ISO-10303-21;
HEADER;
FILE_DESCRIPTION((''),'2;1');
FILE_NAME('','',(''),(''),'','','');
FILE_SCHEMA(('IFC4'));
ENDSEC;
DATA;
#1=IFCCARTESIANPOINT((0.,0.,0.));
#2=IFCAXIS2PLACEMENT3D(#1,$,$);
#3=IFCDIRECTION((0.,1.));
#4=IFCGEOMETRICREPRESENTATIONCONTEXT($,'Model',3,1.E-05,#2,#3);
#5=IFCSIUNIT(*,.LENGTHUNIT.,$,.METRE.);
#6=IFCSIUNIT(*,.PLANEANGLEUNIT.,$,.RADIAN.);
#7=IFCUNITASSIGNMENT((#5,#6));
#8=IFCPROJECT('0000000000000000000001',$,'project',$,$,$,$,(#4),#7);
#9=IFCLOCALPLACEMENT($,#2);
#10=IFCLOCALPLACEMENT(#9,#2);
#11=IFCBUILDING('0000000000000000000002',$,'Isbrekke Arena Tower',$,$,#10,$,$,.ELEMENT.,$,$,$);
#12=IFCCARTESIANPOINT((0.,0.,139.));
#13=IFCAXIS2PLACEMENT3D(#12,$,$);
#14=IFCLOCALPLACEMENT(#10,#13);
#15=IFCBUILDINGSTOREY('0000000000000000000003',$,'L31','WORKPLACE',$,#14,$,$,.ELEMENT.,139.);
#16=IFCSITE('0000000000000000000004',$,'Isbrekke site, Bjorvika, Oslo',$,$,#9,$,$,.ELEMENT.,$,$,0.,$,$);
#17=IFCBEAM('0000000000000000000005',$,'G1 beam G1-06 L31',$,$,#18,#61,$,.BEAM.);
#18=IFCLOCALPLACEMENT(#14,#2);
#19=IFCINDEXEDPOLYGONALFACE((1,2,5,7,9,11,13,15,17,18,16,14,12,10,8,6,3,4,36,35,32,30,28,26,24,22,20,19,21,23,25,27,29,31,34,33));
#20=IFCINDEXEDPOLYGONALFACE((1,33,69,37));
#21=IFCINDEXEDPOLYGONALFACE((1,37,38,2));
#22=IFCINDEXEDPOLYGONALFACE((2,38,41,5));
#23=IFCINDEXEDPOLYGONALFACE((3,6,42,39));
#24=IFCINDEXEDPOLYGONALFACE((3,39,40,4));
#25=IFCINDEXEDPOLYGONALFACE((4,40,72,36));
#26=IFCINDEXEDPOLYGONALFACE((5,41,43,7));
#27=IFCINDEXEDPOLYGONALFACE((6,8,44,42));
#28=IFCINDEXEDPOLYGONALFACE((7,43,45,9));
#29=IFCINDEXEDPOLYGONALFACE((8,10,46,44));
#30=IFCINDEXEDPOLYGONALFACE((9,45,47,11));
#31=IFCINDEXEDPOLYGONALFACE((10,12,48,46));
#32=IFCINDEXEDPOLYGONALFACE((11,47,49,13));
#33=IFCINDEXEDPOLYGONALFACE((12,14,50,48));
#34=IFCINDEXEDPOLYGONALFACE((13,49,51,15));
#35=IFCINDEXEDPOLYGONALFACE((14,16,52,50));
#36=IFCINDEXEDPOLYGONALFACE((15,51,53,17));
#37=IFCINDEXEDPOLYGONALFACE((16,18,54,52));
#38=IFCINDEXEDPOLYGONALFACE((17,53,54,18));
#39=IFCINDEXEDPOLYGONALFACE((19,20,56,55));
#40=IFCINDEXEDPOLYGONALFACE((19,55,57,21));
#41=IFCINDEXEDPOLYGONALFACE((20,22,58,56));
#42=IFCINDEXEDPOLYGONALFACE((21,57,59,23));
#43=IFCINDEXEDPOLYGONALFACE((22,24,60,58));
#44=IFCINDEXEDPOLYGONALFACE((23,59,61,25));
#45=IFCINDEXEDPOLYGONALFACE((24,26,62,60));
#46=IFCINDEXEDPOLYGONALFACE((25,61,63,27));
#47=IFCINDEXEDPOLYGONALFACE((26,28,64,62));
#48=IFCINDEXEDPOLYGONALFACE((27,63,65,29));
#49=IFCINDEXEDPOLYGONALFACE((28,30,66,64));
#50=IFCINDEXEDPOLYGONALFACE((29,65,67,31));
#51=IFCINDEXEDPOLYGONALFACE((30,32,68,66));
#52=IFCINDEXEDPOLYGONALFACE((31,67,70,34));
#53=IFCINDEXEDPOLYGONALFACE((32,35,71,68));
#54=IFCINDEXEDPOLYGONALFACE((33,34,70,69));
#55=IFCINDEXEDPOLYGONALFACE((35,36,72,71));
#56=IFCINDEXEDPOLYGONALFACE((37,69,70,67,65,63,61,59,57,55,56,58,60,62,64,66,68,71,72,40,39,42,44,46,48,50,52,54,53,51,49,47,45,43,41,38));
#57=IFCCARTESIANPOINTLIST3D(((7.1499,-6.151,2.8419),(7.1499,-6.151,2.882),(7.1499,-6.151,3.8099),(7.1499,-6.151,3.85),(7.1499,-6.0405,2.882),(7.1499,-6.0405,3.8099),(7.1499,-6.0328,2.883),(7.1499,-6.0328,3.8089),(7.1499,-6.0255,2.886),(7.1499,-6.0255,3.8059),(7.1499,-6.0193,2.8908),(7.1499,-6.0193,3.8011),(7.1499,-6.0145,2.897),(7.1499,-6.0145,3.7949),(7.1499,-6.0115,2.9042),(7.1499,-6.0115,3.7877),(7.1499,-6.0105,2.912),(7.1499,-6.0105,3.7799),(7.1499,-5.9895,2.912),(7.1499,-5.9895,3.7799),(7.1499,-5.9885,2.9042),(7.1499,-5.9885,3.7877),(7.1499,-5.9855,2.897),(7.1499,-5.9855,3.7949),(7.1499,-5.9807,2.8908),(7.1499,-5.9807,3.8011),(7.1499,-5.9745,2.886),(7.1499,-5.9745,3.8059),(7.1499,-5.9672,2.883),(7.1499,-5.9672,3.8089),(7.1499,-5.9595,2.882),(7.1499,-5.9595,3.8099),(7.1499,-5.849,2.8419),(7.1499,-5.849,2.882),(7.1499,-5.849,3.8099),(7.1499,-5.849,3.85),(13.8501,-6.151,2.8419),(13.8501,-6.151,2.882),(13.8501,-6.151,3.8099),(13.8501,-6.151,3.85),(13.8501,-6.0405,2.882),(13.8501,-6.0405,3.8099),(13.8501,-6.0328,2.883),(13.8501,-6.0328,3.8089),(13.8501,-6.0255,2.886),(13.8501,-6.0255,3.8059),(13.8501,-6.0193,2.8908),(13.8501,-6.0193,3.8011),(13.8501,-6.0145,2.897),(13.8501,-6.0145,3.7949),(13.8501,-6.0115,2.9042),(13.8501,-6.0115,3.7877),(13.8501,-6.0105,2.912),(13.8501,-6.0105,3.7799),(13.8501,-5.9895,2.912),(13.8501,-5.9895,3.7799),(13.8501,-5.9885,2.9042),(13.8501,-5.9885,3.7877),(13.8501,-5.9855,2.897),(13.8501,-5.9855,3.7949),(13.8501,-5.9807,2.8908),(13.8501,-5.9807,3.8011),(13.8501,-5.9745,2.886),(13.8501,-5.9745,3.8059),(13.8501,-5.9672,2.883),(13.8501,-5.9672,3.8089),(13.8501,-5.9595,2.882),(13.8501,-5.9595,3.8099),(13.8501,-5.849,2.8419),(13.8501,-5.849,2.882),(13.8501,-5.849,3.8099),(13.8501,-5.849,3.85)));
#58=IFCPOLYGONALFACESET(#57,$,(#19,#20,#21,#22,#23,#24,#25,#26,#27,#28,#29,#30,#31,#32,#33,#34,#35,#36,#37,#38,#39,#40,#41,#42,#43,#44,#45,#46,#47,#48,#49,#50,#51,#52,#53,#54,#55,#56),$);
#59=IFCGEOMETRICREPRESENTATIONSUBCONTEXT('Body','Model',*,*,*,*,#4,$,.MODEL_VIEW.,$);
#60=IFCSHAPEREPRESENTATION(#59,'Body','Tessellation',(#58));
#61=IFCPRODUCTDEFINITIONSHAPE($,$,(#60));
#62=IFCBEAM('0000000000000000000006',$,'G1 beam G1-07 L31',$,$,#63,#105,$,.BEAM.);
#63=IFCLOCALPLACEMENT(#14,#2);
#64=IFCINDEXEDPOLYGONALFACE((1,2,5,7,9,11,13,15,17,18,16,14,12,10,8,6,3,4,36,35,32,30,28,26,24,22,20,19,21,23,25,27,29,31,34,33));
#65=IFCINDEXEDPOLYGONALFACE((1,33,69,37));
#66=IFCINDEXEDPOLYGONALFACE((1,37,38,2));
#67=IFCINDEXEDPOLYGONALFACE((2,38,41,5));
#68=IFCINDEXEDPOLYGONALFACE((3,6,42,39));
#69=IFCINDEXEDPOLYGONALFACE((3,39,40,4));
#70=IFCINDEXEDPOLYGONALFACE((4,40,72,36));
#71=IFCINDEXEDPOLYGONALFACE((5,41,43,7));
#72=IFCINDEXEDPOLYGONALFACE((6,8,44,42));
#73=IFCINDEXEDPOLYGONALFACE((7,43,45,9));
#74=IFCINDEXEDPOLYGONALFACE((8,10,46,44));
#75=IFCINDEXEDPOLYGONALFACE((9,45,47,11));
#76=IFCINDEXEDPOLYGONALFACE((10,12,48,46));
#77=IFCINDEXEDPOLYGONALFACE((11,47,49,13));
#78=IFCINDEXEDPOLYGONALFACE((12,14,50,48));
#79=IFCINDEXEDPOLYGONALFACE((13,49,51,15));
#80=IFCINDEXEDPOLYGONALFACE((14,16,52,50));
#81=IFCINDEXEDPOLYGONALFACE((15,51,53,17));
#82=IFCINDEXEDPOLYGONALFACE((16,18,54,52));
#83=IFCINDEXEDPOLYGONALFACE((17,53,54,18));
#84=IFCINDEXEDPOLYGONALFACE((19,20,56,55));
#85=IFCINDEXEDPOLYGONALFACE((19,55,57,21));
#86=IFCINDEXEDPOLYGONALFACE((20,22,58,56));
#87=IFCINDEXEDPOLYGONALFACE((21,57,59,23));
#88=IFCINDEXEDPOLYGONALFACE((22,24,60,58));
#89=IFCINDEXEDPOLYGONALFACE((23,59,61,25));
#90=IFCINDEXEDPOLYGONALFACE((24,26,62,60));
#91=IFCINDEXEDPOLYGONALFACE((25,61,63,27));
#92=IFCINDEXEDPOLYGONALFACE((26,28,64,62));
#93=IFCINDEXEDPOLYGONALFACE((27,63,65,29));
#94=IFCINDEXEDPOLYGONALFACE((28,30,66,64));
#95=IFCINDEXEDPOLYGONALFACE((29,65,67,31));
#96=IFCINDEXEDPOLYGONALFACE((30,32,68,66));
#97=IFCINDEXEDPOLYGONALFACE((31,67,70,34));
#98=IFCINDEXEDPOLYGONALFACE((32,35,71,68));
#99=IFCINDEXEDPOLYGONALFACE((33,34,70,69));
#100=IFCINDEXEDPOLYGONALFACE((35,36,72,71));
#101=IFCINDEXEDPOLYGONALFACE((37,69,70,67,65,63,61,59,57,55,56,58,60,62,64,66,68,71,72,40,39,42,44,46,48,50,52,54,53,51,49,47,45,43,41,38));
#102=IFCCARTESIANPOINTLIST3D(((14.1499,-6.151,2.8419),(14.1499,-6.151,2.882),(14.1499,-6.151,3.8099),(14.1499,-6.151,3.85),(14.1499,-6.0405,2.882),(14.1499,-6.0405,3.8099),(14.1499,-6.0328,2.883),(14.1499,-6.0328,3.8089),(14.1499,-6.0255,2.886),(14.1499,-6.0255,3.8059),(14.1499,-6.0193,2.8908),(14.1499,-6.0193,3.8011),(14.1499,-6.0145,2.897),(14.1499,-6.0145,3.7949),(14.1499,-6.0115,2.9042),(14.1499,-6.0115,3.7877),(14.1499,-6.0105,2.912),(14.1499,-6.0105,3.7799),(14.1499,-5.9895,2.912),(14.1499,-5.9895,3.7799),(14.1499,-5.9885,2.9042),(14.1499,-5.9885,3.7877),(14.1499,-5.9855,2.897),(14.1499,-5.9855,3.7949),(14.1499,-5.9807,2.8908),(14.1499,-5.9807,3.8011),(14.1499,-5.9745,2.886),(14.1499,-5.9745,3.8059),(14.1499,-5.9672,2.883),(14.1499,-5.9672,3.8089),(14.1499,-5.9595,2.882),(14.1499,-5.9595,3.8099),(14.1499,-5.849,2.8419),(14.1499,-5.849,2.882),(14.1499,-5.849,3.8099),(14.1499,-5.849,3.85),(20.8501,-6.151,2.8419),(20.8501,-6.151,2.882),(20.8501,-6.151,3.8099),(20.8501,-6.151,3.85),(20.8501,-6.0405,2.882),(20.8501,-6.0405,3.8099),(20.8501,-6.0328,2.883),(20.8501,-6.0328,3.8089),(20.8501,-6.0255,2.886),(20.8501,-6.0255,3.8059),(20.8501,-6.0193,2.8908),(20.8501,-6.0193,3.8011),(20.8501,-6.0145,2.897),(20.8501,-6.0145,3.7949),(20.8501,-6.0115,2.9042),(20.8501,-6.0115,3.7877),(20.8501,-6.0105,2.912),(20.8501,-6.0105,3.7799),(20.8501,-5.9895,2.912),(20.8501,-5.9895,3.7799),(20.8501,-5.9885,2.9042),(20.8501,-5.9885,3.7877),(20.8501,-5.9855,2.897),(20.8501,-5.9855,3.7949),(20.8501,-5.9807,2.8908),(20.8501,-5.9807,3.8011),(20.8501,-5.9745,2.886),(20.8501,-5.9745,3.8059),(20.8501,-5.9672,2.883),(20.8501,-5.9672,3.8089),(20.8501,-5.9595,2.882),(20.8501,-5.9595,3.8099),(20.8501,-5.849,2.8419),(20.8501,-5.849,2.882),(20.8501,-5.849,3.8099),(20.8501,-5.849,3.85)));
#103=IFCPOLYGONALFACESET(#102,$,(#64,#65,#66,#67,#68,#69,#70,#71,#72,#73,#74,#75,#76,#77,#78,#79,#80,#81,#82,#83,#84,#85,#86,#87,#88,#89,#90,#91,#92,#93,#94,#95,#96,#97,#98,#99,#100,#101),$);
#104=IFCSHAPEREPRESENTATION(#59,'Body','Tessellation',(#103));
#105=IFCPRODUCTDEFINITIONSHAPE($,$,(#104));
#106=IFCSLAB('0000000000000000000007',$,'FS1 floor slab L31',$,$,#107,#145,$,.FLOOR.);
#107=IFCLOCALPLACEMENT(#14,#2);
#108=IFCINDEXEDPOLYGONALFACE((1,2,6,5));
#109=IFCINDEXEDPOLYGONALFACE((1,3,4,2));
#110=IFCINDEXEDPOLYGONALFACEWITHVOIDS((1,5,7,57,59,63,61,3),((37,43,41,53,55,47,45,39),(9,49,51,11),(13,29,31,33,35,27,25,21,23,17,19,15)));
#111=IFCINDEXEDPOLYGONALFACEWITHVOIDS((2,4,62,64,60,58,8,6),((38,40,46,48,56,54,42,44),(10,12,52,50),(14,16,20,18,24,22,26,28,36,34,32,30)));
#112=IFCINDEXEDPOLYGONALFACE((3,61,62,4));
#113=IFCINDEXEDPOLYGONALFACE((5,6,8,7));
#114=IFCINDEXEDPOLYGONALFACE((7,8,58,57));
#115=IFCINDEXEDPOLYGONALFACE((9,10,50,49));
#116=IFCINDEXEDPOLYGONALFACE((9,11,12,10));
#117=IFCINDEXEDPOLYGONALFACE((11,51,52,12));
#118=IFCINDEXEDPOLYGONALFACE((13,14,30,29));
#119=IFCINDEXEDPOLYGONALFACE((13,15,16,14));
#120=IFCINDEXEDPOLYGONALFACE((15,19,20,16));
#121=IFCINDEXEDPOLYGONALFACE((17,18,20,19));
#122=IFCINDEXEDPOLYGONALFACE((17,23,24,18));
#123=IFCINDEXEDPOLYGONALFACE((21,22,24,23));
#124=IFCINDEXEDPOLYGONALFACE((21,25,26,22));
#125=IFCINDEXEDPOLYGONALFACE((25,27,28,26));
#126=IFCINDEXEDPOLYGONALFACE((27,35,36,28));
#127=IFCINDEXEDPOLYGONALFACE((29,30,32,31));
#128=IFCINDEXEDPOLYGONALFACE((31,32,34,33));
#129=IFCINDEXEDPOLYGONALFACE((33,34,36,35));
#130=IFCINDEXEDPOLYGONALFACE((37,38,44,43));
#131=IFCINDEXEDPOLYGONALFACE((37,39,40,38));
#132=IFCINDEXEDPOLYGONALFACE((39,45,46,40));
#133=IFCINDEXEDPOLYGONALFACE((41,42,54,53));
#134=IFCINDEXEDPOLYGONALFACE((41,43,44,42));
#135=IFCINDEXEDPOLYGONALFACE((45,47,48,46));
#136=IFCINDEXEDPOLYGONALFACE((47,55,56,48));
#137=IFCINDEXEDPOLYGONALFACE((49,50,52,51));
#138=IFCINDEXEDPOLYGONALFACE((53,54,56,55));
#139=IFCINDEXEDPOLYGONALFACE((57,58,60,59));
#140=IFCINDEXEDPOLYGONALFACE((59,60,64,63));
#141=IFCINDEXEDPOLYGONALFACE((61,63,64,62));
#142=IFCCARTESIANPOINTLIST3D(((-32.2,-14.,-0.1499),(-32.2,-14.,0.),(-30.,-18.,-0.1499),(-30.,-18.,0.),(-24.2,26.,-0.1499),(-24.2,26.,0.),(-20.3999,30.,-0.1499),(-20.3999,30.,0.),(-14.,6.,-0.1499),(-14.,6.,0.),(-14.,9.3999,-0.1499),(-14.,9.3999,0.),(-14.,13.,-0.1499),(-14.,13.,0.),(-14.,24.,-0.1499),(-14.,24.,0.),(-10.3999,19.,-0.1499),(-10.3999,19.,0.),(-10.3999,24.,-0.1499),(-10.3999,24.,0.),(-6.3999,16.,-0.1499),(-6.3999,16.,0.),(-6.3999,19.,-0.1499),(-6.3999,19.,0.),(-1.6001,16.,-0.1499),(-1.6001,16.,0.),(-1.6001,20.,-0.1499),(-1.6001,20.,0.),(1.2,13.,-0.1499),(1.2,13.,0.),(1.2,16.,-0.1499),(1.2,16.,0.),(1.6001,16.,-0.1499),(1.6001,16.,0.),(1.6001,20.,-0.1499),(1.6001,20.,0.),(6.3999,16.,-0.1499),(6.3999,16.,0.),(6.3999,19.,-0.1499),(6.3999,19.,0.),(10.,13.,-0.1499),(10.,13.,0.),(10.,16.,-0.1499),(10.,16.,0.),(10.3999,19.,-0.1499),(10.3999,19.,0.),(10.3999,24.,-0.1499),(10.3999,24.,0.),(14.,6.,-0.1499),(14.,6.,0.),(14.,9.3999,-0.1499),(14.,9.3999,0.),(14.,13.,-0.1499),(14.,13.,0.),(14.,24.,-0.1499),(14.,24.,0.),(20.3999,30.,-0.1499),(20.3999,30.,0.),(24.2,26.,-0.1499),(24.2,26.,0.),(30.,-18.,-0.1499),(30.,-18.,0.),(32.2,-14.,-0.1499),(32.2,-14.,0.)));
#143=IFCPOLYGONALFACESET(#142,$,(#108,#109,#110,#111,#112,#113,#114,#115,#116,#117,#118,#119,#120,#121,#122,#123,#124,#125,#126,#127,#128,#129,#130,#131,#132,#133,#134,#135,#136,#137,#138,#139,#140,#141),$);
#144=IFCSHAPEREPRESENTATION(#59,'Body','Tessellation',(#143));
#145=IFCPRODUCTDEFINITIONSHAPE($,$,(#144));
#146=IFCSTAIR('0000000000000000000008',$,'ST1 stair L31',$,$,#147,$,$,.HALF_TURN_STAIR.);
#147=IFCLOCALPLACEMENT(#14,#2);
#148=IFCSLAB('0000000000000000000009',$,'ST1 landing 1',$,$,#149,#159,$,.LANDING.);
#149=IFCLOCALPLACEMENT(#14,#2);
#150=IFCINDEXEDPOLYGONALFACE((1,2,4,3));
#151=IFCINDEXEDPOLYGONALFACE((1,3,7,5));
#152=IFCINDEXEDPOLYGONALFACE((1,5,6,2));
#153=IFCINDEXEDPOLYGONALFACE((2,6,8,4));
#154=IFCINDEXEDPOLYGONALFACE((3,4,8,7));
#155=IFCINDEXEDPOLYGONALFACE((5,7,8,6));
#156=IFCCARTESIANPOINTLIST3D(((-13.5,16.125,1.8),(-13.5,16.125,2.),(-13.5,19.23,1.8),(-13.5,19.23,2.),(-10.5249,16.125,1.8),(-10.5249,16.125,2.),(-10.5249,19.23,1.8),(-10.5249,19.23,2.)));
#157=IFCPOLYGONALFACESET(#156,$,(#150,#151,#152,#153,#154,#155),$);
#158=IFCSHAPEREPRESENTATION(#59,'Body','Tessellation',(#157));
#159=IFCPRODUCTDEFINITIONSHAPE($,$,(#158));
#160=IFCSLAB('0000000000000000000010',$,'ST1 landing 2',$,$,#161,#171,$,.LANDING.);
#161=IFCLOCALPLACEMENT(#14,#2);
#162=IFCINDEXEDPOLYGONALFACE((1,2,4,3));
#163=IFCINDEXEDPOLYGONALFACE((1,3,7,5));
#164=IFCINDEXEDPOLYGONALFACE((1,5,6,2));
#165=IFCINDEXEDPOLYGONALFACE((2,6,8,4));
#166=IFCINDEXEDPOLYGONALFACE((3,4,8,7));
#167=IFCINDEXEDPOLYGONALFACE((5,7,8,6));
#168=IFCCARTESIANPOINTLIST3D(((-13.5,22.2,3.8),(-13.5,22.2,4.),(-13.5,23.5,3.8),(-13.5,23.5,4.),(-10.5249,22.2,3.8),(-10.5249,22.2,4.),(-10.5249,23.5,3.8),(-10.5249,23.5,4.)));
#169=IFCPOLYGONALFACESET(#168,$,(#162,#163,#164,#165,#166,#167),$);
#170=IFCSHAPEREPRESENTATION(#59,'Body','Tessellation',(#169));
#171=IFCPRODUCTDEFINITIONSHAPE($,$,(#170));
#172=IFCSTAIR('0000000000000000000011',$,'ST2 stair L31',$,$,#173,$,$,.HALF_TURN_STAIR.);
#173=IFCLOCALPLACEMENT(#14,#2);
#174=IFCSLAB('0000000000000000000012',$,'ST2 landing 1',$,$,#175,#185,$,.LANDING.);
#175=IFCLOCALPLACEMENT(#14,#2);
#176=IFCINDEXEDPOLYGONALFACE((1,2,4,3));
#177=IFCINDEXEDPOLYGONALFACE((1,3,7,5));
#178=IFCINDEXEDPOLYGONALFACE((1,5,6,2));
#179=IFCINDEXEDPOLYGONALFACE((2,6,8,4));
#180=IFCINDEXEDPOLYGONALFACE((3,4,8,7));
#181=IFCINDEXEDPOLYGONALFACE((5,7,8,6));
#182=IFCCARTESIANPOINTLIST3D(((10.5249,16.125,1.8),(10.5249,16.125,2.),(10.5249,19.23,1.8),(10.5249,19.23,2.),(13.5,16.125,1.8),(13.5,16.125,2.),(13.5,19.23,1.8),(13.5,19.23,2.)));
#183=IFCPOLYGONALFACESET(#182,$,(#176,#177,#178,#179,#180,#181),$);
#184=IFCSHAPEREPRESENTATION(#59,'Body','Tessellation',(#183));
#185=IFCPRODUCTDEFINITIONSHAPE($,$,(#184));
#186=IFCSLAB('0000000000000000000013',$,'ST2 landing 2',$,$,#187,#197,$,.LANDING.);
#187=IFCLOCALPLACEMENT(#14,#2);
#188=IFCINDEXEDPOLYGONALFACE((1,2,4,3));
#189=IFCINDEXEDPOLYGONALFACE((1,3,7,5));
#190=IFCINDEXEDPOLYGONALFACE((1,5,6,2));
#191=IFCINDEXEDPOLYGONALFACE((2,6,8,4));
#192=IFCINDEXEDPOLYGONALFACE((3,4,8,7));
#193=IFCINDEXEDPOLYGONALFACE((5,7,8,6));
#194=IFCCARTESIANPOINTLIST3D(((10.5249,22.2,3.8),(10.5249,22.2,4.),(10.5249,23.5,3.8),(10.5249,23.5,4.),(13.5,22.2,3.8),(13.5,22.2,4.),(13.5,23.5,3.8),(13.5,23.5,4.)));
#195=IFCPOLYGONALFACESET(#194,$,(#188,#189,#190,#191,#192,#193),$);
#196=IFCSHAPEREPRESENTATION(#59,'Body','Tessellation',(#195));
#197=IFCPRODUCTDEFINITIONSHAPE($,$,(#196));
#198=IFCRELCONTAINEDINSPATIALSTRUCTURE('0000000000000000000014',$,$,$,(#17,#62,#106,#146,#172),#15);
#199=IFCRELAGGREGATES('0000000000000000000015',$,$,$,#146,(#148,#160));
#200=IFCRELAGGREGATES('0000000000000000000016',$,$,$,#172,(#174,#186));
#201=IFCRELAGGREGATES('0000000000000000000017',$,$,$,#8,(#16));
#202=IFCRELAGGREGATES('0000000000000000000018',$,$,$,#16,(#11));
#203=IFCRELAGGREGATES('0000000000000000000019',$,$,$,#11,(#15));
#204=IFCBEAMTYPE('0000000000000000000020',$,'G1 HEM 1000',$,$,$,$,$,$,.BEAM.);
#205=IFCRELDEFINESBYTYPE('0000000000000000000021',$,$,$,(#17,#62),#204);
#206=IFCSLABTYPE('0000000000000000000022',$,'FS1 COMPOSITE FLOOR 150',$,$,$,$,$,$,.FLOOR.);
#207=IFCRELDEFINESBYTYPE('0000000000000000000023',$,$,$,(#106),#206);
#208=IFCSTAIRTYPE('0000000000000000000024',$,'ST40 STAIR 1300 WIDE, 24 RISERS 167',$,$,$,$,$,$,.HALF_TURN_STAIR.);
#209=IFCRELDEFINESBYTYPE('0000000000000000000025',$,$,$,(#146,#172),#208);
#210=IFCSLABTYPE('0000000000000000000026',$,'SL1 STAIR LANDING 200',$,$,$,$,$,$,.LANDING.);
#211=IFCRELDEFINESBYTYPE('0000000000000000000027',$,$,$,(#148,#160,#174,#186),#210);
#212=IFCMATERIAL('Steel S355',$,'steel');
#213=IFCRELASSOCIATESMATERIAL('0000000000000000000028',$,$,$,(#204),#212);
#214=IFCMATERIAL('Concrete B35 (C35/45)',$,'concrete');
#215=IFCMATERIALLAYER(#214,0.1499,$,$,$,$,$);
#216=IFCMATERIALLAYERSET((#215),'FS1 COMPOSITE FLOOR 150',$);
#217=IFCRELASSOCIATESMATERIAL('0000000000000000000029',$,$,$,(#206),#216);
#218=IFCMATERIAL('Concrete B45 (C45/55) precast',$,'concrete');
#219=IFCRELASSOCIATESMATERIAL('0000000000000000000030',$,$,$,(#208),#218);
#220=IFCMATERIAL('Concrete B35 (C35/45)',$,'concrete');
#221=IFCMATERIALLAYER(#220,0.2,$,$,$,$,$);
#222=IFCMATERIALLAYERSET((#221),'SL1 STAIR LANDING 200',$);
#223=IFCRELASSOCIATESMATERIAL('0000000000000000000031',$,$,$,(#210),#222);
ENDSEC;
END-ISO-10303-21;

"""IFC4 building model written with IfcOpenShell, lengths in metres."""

from ifc_helpers import new_model, si_unit, direction, frame, origin, origin_2d, place, context, subcontext, project, spatial, polyline, i_section, outline, extrude, material, layer, layer_set, material_profile, profile_set, type_object, element, aggregate, save


model = new_model("IFC4")

# Units and contexts
model_context = context("Model", 3, precision=1e-05, world=origin(), true_north=direction((0.0, 1.0)))
body_context = subcontext(model_context, "Body", "Model", "MODEL_VIEW")
ifc_project = project(units=[si_unit("LENGTHUNIT", "METRE"), si_unit("PLANEANGLEUNIT", "RADIAN")], contexts=[model_context])

# Site, building, storey
site_placement = place(None, origin())
site = spatial("IfcSite", under=ifc_project, at=site_placement, Name="Isbrekke site, Bjorvika, Oslo", CompositionType="ELEMENT", RefElevation=0.0)
building_placement = place(site_placement, origin())
building = spatial("IfcBuilding", under=site, at=building_placement, Name="Isbrekke Arena Tower", CompositionType="ELEMENT")
storey_placement = place(building_placement, frame((0.0, 0.0, 139.0)))
storey = spatial("IfcBuildingStorey", under=building, at=storey_placement, Name="L31", Description="WORKPLACE", CompositionType="ELEMENT", Elevation=139.0)

# Beams
ifc_material_1 = material(Name="Steel S355", Category="steel")
ifc_material_profile_1 = material_profile(ifc_material_1, i_section(OverallWidth=0.302, OverallDepth=1.0081, WebThickness=0.021, FlangeThickness=0.04, FilletRadius=0.03, at=origin_2d()), Name="HEM 1000")
ifc_profile_set_1 = profile_set([ifc_material_profile_1], Name="Steel S355")
beam_type_1 = type_object("IfcBeamType", Name="G1 HEM 1000", PredefinedType="BEAM", material=ifc_profile_set_1)
for number, where, z_axis, x_axis, name in (
    (1, (7.1499, -6.0, 3.3459), (1.0, 0.0, 0.0), (0.0, 1.0, 0.0), "G1 beam G1-06 L31"),
    (2, (14.1499, -6.0, 3.3459), (1.0, 0.0, 0.0), (0.0, 1.0, 0.0), "G1 beam G1-07 L31"),
):
    element("IfcBeam", number, at=place(storey_placement, frame(where, z_axis=z_axis, x_axis=x_axis)), inside=storey, type_object=beam_type_1, Name=name, PredefinedType="BEAM", context=body_context, shape_type="SweptSolid", body=[
        extrude(i_section(OverallWidth=0.302, OverallDepth=1.0081, WebThickness=0.021, FlangeThickness=0.04, FilletRadius=0.03, at=origin_2d()), origin(), (0.0, 0.0, 1.0), 6.7002),
    ])

# Slab
ifc_material_2 = material(Name="Concrete B35 (C35/45)", Category="concrete")
ifc_layer_1 = layer(ifc_material_2, 0.1499)
ifc_layer_set_1 = layer_set([ifc_layer_1], Name="FS1 COMPOSITE FLOOR 150")
slab_type_1 = type_object("IfcSlabType", Name="FS1 COMPOSITE FLOOR 150", PredefinedType="FLOOR", material=ifc_layer_set_1)
slab_1_placement = place(storey_placement, frame((0.0, 0.0, -0.1499)))
element("IfcSlab", 3, at=slab_1_placement, inside=storey, type_object=slab_type_1, Name="FS1 floor slab L31", PredefinedType="FLOOR", context=body_context, shape_type="SweptSolid", body=[
    extrude(outline(polyline([(-30.0, -18.0), (30.0, -18.0), (32.2, -14.0), (24.2, 26.0), (20.3999, 30.0), (-20.3999, 30.0), (-24.2, 26.0), (-32.2, -14.0), (-30.0, -18.0)]), holes=[polyline([(14.0, 9.3999), (14.0, 6.0), (-14.0, 6.0), (-14.0, 9.3999), (14.0, 9.3999)]), polyline([(-6.3999, 19.0), (-6.3999, 16.0), (-1.6001, 16.0), (-1.6001, 20.0), (1.6001, 20.0), (1.6001, 16.0), (1.2, 16.0), (1.2, 13.0), (-14.0, 13.0), (-14.0, 24.0), (-10.3999, 24.0), (-10.3999, 19.0), (-6.3999, 19.0)]), polyline([(10.0, 13.0), (10.0, 16.0), (6.3999, 16.0), (6.3999, 19.0), (10.3999, 19.0), (10.3999, 24.0), (14.0, 24.0), (14.0, 13.0), (10.0, 13.0)])]), origin(), (0.0, 0.0, 1.0), 0.1499),
])

# Stairs, slabs
ifc_material_3 = material(Name="Concrete B45 (C45/55) precast", Category="concrete")
stair_type = type_object("IfcStairType", Name="ST40 STAIR 1300 WIDE, 24 RISERS 167", PredefinedType="HALF_TURN_STAIR", material=ifc_material_3)
stair_1_placement = place(storey_placement, origin())
stair_1 = element("IfcStair", 4, at=stair_1_placement, inside=storey, type_object=stair_type, Name="ST1 stair L31", PredefinedType="HALF_TURN_STAIR")
ifc_material_4 = material(Name="Concrete B35 (C35/45)", Category="concrete")
ifc_layer_2 = layer(ifc_material_4, 0.2)
ifc_layer_set_2 = layer_set([ifc_layer_2], Name="SL1 STAIR LANDING 200")
slab_type_2 = type_object("IfcSlabType", Name="SL1 STAIR LANDING 200", PredefinedType="LANDING", material=ifc_layer_set_2)
slab_2_placement = place(storey_placement, frame((0.0, 0.0, 1.8)))
slab_2 = element("IfcSlab", 5, at=slab_2_placement, type_object=slab_type_2, Name="ST1 landing 1", PredefinedType="LANDING", context=body_context, shape_type="SweptSolid", body=[
    extrude(outline(polyline([(-13.5, 16.125), (-10.5249, 16.125), (-10.5249, 19.23), (-13.5, 19.23), (-13.5, 16.125)])), origin(), (0.0, 0.0, 1.0), 0.2),
])
slab_3_placement = place(storey_placement, frame((0.0, 0.0, 3.8)))
slab_3 = element("IfcSlab", 6, at=slab_3_placement, type_object=slab_type_2, Name="ST1 landing 2", PredefinedType="LANDING", context=body_context, shape_type="SweptSolid", body=[
    extrude(outline(polyline([(-13.5, 22.2), (-10.5249, 22.2), (-10.5249, 23.5), (-13.5, 23.5), (-13.5, 22.2)])), origin(), (0.0, 0.0, 1.0), 0.2),
])
aggregate(stair_1, [slab_2, slab_3])
stair_2_placement = place(storey_placement, origin())
stair_2 = element("IfcStair", 7, at=stair_2_placement, inside=storey, type_object=stair_type, Name="ST2 stair L31", PredefinedType="HALF_TURN_STAIR")
slab_4_placement = place(storey_placement, frame((0.0, 0.0, 1.8)))
slab_4 = element("IfcSlab", 8, at=slab_4_placement, type_object=slab_type_2, Name="ST2 landing 1", PredefinedType="LANDING", context=body_context, shape_type="SweptSolid", body=[
    extrude(outline(polyline([(10.5249, 16.125), (13.5, 16.125), (13.5, 19.23), (10.5249, 19.23), (10.5249, 16.125)])), origin(), (0.0, 0.0, 1.0), 0.2),
])
slab_5_placement = place(storey_placement, frame((0.0, 0.0, 3.8)))
slab_5 = element("IfcSlab", 9, at=slab_5_placement, type_object=slab_type_2, Name="ST2 landing 2", PredefinedType="LANDING", context=body_context, shape_type="SweptSolid", body=[
    extrude(outline(polyline([(10.5249, 22.2), (13.5, 22.2), (13.5, 23.5), (10.5249, 23.5), (10.5249, 22.2)])), origin(), (0.0, 0.0, 1.0), 0.2),
])
aggregate(stair_2, [slab_4, slab_5])

save(model, "model.ifc")
